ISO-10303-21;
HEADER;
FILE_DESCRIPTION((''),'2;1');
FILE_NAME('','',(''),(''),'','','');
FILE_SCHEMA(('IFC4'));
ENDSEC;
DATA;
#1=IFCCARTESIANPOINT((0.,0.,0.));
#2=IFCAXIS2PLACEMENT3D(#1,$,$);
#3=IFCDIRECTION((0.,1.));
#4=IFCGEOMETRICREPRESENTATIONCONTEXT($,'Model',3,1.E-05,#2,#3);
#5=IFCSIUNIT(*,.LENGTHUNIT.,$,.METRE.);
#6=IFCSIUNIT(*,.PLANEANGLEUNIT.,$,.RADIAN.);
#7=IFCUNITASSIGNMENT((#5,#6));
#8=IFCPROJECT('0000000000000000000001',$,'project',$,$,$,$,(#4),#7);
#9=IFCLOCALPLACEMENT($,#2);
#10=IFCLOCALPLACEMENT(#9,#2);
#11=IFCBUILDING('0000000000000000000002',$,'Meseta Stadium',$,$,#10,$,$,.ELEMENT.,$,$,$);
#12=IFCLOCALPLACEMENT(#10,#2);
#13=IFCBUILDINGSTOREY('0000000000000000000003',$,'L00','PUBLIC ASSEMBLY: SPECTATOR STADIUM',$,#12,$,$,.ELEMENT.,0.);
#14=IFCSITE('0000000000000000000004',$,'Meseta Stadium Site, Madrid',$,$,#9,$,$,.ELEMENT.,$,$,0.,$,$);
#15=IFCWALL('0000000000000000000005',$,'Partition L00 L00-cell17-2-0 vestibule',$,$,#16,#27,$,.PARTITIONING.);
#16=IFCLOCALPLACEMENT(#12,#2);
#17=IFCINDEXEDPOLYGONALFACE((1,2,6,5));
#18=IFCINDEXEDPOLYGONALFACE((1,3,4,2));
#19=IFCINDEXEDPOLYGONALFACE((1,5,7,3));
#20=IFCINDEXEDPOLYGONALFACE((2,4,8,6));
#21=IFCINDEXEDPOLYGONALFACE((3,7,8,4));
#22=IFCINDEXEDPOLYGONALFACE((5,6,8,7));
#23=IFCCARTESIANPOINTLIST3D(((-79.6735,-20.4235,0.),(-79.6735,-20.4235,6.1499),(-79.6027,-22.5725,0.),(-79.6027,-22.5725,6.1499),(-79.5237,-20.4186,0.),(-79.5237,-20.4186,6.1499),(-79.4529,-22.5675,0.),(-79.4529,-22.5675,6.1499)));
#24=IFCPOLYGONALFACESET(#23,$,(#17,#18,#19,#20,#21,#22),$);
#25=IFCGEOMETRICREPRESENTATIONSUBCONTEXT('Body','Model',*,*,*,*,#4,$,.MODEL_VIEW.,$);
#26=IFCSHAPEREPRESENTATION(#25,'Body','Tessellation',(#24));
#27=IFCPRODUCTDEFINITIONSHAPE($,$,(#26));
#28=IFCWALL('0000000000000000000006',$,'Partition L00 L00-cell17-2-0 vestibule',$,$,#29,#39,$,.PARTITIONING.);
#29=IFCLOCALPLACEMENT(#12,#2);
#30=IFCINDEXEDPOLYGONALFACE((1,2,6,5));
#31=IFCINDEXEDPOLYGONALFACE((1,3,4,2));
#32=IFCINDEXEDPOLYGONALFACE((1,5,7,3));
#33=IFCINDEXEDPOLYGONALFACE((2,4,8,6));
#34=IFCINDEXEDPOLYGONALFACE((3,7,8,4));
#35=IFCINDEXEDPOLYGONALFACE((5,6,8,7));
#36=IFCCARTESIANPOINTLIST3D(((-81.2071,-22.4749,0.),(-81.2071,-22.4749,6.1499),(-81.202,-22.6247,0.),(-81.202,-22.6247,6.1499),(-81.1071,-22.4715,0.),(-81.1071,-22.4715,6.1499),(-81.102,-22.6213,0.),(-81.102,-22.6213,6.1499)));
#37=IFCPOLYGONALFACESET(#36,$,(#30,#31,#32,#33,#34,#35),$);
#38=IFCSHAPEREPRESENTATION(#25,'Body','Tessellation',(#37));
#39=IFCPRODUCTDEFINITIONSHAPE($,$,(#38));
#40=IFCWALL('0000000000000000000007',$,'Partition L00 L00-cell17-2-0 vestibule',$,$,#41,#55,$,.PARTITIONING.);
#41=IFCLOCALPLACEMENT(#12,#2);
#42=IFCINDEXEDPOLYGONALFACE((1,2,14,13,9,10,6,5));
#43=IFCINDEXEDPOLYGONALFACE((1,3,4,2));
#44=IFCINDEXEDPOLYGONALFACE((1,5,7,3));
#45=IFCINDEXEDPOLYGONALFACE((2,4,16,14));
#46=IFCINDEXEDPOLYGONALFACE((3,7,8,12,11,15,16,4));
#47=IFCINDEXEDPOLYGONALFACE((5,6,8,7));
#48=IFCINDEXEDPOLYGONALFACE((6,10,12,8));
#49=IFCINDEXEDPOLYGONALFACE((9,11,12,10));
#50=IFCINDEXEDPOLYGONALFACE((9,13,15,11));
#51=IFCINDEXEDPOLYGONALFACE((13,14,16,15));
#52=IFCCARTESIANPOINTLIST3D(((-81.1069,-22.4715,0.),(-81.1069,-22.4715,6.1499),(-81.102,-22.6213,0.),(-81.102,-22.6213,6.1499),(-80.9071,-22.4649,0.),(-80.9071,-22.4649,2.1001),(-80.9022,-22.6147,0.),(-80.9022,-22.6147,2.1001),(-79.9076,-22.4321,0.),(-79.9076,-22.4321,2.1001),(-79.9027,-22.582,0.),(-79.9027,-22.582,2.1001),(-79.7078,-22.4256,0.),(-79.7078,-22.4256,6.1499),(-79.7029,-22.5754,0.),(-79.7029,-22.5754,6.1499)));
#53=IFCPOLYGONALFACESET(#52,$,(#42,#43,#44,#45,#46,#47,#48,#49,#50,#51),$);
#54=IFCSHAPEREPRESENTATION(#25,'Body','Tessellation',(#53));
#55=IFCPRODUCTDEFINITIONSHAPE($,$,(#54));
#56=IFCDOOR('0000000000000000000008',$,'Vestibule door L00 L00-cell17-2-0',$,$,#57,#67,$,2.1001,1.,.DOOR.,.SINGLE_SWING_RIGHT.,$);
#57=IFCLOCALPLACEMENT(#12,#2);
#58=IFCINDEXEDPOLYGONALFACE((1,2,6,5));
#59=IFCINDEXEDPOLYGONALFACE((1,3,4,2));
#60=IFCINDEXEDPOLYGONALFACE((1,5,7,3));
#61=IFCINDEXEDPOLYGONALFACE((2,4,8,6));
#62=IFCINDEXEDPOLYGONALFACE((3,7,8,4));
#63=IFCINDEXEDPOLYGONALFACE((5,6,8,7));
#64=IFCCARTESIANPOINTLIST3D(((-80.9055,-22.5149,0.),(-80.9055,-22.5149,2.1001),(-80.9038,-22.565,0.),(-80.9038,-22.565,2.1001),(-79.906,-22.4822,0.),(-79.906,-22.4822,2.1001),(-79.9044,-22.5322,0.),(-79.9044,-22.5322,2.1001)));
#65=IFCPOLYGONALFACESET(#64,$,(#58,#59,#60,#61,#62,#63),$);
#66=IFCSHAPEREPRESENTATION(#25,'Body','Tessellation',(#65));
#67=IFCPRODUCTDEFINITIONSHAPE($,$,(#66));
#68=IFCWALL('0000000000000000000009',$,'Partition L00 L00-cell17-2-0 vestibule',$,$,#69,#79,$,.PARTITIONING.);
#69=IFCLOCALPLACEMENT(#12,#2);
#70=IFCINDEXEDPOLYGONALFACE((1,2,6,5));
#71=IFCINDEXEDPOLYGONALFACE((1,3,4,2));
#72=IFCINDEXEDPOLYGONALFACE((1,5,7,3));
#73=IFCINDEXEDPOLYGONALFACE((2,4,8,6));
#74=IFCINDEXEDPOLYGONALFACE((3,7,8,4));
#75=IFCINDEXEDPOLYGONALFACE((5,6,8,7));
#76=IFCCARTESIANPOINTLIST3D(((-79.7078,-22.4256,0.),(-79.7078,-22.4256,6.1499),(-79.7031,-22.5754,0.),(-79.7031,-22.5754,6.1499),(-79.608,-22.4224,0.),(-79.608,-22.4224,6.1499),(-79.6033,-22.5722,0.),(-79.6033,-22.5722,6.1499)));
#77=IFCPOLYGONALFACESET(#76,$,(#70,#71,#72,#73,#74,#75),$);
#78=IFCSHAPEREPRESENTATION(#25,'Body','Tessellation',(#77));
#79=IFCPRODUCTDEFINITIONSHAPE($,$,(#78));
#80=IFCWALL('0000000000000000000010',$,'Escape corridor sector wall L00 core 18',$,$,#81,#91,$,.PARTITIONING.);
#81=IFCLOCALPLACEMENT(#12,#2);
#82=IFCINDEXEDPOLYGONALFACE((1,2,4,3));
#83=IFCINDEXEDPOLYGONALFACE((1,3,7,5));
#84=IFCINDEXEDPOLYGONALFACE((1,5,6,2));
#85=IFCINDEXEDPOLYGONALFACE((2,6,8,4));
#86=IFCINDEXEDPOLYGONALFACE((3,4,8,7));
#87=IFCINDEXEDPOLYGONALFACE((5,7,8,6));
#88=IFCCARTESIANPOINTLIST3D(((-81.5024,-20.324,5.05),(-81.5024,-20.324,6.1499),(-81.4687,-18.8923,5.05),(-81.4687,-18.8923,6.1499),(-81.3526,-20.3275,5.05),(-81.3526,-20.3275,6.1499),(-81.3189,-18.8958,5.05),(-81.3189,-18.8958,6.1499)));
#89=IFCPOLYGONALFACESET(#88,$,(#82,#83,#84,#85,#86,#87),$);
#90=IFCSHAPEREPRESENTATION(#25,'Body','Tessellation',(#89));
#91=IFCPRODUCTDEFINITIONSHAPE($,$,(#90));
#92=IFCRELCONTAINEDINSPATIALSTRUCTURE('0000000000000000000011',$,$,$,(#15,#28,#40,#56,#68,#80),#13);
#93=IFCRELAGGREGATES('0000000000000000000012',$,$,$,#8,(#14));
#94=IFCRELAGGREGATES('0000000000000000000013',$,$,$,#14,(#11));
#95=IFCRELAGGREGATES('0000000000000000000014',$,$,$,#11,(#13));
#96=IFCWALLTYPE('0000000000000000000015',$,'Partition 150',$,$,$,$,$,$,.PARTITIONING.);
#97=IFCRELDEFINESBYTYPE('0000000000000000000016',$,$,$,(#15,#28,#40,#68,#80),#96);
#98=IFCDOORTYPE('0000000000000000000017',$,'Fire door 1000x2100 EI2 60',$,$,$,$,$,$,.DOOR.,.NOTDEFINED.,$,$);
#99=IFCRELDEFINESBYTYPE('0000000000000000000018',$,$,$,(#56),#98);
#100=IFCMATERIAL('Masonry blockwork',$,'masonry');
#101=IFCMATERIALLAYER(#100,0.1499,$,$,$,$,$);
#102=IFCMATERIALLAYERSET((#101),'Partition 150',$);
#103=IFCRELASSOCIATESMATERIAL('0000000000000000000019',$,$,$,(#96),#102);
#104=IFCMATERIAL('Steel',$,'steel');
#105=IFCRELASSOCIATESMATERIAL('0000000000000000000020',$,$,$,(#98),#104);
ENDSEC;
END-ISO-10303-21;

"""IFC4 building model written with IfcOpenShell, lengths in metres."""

from ifc_helpers import new_model, si_unit, direction, frame, frame_2d, origin, place, context, subcontext, project, spatial, rectangle, extrude, material, layer, layer_set, type_object, element, fill, save


model = new_model("IFC4")

# Units and contexts
model_context = context("Model", 3, precision=1e-05, world=origin(), true_north=direction((0.0, 1.0)))
body_context = subcontext(model_context, "Body", "Model", "MODEL_VIEW")
ifc_project = project(units=[si_unit("LENGTHUNIT", "METRE"), si_unit("PLANEANGLEUNIT", "RADIAN")], contexts=[model_context])

# Site, building, storey
site_placement = place(None, origin())
site = spatial("IfcSite", under=ifc_project, at=site_placement, Name="Meseta Stadium Site, Madrid", CompositionType="ELEMENT", RefElevation=0.0)
building_placement = place(site_placement, origin())
building = spatial("IfcBuilding", under=site, at=building_placement, Name="Meseta Stadium", CompositionType="ELEMENT")
storey_placement = place(building_placement, origin())
storey = spatial("IfcBuildingStorey", under=building, at=storey_placement, Name="L00", Description="PUBLIC ASSEMBLY: SPECTATOR STADIUM", CompositionType="ELEMENT", Elevation=0.0)

# Shared definitions
ifc_material_1 = material(Name="Masonry blockwork", Category="masonry")
ifc_layer_1 = layer(ifc_material_1, 0.1499)
ifc_layer_set_1 = layer_set([ifc_layer_1], Name="Partition 150")
wall_type_1 = type_object("IfcWallType", Name="Partition 150", PredefinedType="PARTITIONING", material=ifc_layer_set_1)

# Walls
wall_1_placement = place(storey_placement, frame((-79.5986, -20.4209, 0.0), z_axis=(0.0, 0.0, 1.0), x_axis=(0.032929, -0.999458, 0.0)))
element("IfcWall", 1, at=wall_1_placement, inside=storey, type_object=wall_type_1, Name="Partition L00 L00-cell17-2-0 vestibule", PredefinedType="PARTITIONING", context=body_context, shape_type="SweptSolid", body=[
    extrude(rectangle(XDim=2.1501, YDim=0.1499, at=frame_2d((1.0752, 0.0))), origin(), (0.0, 0.0, 1.0), 6.1499),
])
wall_2_placement = place(storey_placement, frame((-81.2046, -22.5498, 0.0), z_axis=(0.0, 0.0, 1.0), x_axis=(0.999418, 0.034126, 0.0)))
element("IfcWall", 2, at=wall_2_placement, inside=storey, type_object=wall_type_1, Name="Partition L00 L00-cell17-2-0 vestibule", PredefinedType="PARTITIONING", context=body_context, shape_type="SweptSolid", body=[
    extrude(rectangle(XDim=0.1001, YDim=0.1499, at=frame_2d((0.05, 0.0))), origin(), (0.0, 0.0, 1.0), 6.1499),
])

# Wall, opening, door
wall_3_placement = place(storey_placement, frame((-81.1045, -22.5464, 0.0), z_axis=(0.0, 0.0, 1.0), x_axis=(0.999462, 0.032786, 0.0)))
wall_3 = element("IfcWall", 3, at=wall_3_placement, inside=storey, type_object=wall_type_1, Name="Partition L00 L00-cell17-2-0 vestibule", PredefinedType="PARTITIONING", context=body_context, shape_type="SweptSolid", body=[
    extrude(rectangle(XDim=1.3999, YDim=0.1499, at=frame_2d((0.7, 0.0))), origin(), (0.0, 0.0, 1.0), 6.1499),
])
opening_1_placement = place(wall_3_placement, frame((0.2, 0.0, 0.0)))
opening_1 = element("IfcOpeningElement", 4, at=opening_1_placement, cuts=wall_3, PredefinedType="OPENING", context=body_context, shape_type="SweptSolid", body=[
    extrude(rectangle(XDim=1.0, YDim=2.1001, at=frame_2d((0.5, 1.05))), frame((0.0, 0.085, 0.0), z_axis=(0.0, -1.0, 0.0), x_axis=(1.0, 0.0, 0.0)), (0.0, 0.0, 1.0), 0.1699),
])
ifc_material_2 = material(Name="Steel", Category="steel")
door_type_1 = type_object("IfcDoorType", Name="Fire door 1000x2100 EI2 60", OperationType="NOTDEFINED", PredefinedType="DOOR", material=ifc_material_2)
door_1_placement = place(opening_1_placement, origin())
door_1 = element("IfcDoor", 5, at=door_1_placement, inside=storey, type_object=door_type_1, Name="Vestibule door L00 L00-cell17-2-0", OperationType="SINGLE_SWING_RIGHT", OverallHeight=2.1001, OverallWidth=1.0, PredefinedType="DOOR", context=body_context, shape_type="SweptSolid", body=[
    extrude(rectangle(XDim=1.0, YDim=2.1001, at=frame_2d((0.5, 1.05))), frame((0.0, 0.0249, 0.0), z_axis=(0.0, -1.0, 0.0), x_axis=(1.0, 0.0, 0.0)), (0.0, 0.0, 1.0), 0.05),
])
fill(opening_1, door_1)

# Walls
wall_4_placement = place(storey_placement, frame((-79.7053, -22.5005, 0.0), z_axis=(0.0, 0.0, 1.0), x_axis=(0.999495, 0.031769, 0.0)))
element("IfcWall", 6, at=wall_4_placement, inside=storey, type_object=wall_type_1, Name="Partition L00 L00-cell17-2-0 vestibule", PredefinedType="PARTITIONING", context=body_context, shape_type="SweptSolid", body=[
    extrude(rectangle(XDim=0.0999, YDim=0.1499, at=frame_2d((0.0498, 0.0))), origin(), (0.0, 0.0, 1.0), 6.1499),
])
wall_5_placement = place(storey_placement, frame((-81.3938, -18.894, 5.05), z_axis=(0.0, 0.0, 1.0), x_axis=(-0.023527, -0.999723, 0.0)))
element("IfcWall", 7, at=wall_5_placement, inside=storey, type_object=wall_type_1, Name="Escape corridor sector wall L00 core 18", PredefinedType="PARTITIONING", context=body_context, shape_type="SweptSolid", body=[
    extrude(rectangle(XDim=1.4321, YDim=0.1499, at=frame_2d((0.7161, 0.0))), origin(), (0.0, 0.0, 1.0), 1.0999),
])

save(model, "model.ifc")
